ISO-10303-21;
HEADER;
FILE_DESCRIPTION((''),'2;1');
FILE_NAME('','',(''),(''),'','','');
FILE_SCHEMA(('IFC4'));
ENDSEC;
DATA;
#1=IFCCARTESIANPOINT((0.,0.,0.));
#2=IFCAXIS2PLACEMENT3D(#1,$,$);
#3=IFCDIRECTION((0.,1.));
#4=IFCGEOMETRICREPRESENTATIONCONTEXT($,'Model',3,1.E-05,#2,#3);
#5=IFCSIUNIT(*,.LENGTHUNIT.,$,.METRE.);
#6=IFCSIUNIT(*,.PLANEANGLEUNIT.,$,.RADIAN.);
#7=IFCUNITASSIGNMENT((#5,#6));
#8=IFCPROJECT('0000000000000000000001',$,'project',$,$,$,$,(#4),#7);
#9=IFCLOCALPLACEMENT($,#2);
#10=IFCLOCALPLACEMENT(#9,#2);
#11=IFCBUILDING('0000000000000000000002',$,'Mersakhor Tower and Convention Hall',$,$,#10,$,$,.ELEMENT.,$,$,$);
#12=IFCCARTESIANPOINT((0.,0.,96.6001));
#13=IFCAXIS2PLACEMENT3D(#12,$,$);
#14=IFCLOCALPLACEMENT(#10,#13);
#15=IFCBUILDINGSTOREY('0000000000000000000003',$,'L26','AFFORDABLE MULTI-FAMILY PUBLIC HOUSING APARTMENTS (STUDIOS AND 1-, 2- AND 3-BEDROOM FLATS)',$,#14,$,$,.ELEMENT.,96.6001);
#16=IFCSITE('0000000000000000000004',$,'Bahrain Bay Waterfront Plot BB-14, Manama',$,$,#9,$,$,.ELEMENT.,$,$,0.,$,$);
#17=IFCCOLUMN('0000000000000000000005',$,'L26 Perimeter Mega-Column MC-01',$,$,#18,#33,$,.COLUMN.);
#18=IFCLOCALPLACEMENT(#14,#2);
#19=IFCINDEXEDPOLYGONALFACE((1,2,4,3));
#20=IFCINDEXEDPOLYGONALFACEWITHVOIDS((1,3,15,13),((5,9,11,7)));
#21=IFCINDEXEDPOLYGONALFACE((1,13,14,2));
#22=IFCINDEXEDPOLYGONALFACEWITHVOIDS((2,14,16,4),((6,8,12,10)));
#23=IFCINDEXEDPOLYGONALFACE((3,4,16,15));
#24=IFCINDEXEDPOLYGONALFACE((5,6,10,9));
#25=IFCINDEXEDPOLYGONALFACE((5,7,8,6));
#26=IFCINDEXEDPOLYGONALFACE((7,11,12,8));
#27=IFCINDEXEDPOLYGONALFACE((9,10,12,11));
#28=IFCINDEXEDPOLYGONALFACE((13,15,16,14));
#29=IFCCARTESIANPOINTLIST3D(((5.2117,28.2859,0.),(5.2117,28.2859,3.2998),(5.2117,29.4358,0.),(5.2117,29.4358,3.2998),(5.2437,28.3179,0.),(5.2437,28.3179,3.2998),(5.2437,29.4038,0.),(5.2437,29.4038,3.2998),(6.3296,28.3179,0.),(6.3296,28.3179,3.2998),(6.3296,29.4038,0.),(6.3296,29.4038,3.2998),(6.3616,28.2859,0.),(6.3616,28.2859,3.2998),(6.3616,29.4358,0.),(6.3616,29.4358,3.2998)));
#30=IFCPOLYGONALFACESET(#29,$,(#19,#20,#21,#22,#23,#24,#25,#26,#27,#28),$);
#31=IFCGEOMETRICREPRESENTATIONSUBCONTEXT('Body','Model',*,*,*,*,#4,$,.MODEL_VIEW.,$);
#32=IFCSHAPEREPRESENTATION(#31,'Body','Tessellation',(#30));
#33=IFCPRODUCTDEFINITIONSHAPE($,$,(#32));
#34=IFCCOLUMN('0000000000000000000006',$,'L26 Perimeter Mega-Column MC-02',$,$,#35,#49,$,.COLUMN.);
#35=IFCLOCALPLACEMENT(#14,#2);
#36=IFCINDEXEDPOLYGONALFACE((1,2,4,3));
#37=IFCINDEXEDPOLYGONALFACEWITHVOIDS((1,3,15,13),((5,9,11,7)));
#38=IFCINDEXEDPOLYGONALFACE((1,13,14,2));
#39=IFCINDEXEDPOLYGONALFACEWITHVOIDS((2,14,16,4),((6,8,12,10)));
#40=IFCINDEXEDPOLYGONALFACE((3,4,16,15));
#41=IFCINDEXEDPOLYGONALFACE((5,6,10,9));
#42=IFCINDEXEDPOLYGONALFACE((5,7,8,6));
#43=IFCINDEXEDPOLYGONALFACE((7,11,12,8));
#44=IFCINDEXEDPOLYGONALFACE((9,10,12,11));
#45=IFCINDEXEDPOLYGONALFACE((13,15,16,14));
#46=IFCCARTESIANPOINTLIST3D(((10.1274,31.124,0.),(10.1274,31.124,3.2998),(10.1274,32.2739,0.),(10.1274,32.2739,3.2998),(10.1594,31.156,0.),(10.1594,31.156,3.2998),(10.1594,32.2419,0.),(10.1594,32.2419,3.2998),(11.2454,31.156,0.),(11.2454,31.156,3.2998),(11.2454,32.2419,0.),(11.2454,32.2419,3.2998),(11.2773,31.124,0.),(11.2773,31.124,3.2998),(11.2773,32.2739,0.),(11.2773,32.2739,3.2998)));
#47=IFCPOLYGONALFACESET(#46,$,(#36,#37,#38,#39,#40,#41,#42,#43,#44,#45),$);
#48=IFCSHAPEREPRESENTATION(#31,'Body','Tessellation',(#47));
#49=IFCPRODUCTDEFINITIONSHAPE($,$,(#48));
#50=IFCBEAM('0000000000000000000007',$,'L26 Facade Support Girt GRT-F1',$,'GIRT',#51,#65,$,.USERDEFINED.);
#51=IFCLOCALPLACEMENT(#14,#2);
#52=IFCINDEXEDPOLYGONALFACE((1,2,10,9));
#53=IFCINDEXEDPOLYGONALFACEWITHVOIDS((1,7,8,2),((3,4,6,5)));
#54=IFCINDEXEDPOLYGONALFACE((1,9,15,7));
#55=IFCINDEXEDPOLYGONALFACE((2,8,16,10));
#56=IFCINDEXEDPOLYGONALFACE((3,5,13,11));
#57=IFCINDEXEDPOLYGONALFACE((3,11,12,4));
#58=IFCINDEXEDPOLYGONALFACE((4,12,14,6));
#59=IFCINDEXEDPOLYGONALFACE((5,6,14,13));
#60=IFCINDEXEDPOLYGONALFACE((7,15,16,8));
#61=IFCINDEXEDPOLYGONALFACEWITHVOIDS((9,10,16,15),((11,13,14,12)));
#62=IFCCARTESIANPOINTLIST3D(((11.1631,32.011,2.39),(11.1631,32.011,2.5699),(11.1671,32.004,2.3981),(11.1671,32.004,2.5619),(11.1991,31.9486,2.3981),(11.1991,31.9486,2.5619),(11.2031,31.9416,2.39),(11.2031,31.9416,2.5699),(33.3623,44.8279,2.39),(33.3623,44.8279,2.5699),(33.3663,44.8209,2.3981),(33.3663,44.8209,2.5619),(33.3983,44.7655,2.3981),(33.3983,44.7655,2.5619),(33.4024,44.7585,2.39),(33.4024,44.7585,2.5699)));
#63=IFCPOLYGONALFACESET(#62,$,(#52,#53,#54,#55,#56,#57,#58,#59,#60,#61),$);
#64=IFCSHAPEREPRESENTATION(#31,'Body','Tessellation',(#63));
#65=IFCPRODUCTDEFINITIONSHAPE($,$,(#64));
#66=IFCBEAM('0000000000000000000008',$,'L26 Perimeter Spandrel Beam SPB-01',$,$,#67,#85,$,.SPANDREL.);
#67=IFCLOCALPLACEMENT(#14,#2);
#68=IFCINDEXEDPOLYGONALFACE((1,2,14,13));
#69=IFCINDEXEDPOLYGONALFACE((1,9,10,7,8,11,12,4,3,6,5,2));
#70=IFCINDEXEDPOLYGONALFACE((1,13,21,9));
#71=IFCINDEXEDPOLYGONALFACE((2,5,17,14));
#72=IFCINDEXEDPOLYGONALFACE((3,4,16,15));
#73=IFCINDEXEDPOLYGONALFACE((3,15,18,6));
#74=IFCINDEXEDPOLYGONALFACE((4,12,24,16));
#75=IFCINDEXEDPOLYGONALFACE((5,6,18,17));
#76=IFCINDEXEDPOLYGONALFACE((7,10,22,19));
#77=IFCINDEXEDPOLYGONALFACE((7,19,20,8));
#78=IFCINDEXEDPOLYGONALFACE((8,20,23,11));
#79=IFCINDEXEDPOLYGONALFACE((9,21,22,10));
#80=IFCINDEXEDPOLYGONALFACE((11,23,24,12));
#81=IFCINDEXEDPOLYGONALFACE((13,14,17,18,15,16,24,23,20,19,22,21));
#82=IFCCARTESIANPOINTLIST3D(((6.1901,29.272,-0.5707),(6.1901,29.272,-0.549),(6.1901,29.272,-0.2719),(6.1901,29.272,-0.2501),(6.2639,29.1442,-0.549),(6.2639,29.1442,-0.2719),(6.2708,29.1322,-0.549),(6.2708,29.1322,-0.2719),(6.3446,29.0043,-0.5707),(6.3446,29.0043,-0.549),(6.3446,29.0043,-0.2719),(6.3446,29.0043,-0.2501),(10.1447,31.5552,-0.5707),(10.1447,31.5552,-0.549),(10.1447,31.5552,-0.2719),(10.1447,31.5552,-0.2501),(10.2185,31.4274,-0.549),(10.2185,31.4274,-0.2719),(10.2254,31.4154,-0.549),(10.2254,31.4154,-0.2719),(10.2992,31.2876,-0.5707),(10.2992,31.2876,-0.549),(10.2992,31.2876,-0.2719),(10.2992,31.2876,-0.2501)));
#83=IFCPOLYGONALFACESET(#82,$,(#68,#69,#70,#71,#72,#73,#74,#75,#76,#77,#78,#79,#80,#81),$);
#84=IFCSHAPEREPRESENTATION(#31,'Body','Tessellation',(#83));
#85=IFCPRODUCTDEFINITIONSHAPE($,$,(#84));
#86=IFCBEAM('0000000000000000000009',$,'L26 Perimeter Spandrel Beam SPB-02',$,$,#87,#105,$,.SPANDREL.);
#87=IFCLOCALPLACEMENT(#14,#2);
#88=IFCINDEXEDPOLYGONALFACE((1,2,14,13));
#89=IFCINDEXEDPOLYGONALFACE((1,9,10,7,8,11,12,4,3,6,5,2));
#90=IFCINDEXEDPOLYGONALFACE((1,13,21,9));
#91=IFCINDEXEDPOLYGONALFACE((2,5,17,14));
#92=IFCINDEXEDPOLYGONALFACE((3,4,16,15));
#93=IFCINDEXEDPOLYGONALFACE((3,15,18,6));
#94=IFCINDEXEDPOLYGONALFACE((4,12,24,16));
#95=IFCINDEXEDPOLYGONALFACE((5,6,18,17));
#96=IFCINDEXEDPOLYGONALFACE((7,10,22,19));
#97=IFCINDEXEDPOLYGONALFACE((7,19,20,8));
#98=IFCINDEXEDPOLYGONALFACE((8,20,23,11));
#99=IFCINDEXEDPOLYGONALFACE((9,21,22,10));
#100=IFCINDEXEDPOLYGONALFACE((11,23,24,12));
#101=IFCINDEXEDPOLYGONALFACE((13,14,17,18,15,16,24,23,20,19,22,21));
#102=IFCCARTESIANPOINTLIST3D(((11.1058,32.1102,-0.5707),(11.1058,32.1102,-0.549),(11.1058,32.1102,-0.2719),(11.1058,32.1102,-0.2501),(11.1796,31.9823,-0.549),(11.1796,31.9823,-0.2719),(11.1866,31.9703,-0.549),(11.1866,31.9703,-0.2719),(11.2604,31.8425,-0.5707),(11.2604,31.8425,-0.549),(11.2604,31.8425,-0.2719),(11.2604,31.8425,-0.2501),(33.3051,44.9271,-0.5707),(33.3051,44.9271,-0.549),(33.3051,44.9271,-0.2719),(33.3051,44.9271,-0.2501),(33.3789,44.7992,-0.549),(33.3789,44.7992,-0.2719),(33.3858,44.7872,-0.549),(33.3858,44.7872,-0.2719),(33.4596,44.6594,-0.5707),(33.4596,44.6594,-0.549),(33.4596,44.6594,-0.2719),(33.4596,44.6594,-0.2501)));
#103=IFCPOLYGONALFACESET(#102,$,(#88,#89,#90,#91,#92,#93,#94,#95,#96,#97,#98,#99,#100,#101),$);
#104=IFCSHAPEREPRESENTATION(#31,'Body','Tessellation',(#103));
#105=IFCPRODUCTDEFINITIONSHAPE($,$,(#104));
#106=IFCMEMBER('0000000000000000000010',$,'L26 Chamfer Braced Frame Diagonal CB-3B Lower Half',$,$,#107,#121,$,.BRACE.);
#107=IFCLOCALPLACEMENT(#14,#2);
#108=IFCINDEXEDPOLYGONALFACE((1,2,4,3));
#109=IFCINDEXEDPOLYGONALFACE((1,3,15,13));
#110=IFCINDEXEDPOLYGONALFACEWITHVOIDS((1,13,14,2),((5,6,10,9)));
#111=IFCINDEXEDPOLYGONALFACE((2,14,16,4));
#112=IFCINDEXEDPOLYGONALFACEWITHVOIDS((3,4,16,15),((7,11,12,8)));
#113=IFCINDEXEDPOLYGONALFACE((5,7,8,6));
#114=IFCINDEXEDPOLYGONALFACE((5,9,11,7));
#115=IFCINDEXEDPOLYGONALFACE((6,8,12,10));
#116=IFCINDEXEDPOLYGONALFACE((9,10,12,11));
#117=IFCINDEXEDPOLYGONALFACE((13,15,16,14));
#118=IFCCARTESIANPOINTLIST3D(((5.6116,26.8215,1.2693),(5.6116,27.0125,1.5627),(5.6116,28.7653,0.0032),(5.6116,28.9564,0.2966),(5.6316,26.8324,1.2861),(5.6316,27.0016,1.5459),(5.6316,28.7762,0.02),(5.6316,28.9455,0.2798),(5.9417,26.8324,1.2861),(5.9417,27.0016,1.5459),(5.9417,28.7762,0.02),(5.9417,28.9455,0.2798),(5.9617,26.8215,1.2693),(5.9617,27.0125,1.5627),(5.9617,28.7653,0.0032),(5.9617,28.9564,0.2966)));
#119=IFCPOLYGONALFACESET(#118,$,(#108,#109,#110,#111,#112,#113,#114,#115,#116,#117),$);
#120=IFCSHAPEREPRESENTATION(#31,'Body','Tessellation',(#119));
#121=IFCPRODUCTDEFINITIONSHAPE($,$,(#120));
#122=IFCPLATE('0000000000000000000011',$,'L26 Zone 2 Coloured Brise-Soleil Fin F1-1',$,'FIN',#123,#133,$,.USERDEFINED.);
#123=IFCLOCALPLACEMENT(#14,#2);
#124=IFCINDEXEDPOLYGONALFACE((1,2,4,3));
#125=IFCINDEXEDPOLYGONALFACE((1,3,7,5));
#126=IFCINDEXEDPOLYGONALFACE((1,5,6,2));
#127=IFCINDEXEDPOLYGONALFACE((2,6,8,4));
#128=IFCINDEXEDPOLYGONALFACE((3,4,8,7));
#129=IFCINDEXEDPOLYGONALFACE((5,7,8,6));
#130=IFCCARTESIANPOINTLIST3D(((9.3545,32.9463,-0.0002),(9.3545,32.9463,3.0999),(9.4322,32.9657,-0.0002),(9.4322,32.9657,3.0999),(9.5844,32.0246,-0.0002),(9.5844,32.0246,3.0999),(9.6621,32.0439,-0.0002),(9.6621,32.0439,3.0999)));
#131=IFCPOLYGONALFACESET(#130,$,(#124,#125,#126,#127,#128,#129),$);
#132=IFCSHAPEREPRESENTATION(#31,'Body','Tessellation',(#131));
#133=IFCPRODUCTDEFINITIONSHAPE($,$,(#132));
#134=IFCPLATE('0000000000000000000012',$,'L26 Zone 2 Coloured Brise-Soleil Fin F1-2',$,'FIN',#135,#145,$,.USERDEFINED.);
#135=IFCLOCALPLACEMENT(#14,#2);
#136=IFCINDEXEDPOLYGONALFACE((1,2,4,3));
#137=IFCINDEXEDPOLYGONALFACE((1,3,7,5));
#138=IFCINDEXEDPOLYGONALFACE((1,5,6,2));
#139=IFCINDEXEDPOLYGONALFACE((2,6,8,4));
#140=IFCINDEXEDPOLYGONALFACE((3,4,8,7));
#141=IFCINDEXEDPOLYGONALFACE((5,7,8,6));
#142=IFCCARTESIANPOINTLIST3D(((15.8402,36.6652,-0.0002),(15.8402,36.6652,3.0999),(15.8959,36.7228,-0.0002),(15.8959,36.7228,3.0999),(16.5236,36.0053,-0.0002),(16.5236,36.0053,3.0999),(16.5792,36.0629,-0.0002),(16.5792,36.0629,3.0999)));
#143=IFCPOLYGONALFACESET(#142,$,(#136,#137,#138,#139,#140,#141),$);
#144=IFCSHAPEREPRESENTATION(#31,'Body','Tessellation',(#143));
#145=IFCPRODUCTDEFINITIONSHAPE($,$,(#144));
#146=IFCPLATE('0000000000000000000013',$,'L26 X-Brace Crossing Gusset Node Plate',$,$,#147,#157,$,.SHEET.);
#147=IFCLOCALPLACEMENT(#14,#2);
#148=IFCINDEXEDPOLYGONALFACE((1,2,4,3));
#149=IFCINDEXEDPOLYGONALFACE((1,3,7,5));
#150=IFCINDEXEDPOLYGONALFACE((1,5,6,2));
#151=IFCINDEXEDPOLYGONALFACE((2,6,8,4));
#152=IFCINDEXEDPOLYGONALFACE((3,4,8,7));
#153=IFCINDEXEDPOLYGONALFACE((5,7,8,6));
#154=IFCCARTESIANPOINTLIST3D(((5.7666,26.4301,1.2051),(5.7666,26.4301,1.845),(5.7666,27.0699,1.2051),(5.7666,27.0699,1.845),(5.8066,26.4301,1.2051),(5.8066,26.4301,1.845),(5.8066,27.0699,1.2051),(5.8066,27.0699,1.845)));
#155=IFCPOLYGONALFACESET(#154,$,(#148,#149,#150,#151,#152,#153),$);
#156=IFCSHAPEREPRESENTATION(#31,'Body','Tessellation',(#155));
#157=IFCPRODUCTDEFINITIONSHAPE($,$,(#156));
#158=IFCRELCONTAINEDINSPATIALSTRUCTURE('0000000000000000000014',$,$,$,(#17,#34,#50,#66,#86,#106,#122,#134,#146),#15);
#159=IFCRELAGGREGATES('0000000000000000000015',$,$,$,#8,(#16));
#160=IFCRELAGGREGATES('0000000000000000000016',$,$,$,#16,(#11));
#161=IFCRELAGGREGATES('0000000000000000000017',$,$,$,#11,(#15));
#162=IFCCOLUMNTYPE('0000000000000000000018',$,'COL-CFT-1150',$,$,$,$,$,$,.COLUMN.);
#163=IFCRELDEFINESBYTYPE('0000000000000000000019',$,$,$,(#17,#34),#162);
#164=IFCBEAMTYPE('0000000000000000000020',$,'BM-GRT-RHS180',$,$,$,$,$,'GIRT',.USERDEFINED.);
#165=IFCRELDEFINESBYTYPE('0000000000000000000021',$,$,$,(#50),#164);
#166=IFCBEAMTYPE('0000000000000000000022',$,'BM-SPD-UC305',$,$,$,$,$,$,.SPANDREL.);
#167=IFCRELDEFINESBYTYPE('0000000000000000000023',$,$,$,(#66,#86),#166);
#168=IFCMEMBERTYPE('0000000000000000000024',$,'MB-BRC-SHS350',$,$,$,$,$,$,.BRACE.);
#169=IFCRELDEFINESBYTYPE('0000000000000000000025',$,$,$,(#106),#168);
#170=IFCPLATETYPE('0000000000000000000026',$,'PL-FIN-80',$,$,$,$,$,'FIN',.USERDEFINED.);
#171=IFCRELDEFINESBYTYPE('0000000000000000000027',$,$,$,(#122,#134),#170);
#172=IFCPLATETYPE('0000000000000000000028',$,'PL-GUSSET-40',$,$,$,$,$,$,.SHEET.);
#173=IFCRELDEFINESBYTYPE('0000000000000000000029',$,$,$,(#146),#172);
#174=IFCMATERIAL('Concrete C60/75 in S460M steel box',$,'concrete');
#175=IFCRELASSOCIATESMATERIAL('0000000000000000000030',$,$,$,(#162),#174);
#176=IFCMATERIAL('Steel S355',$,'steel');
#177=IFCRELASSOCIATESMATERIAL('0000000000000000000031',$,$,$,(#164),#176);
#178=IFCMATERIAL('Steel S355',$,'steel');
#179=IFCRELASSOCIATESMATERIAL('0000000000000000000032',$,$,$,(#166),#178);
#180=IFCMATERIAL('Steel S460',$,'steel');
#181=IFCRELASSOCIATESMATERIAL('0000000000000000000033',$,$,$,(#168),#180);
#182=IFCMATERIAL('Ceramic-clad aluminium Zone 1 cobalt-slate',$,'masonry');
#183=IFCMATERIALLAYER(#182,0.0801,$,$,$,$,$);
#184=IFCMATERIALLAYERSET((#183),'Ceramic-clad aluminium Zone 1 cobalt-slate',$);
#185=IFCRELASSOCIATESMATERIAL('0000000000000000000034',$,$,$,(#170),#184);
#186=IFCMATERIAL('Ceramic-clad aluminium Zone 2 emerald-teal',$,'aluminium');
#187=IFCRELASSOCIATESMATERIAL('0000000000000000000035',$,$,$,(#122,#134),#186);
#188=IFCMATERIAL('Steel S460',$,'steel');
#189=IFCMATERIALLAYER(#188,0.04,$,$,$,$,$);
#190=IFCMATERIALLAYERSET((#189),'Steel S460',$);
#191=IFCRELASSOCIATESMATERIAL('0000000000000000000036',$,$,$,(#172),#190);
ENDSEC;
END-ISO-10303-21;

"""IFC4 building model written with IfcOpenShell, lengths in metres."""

from ifc_helpers import new_model, si_unit, direction, frame, origin, origin_2d, place, context, subcontext, project, spatial, rectangle, hollow_rectangle, i_section, extrude, material, layer, layer_set, material_profile, profile_set, type_object, element, save


model = new_model("IFC4")

# Units and contexts
model_context = context("Model", 3, precision=1e-05, world=origin(), true_north=direction((0.0, 1.0)))
body_context = subcontext(model_context, "Body", "Model", "MODEL_VIEW")
ifc_project = project(units=[si_unit("LENGTHUNIT", "METRE"), si_unit("PLANEANGLEUNIT", "RADIAN")], contexts=[model_context])

# Site, building, storey
site_placement = place(None, origin())
site = spatial("IfcSite", under=ifc_project, at=site_placement, Name="Bahrain Bay Waterfront Plot BB-14, Manama", CompositionType="ELEMENT", RefElevation=0.0)
building_placement = place(site_placement, origin())
building = spatial("IfcBuilding", under=site, at=building_placement, Name="Mersakhor Tower and Convention Hall", CompositionType="ELEMENT")
storey_placement = place(building_placement, frame((0.0, 0.0, 96.6001)))
storey = spatial("IfcBuildingStorey", under=building, at=storey_placement, Name="L26", Description="AFFORDABLE MULTI-FAMILY PUBLIC HOUSING APARTMENTS (STUDIOS AND 1-, 2- AND 3-BEDROOM FLATS)", CompositionType="ELEMENT", Elevation=96.6001)

# Columns
ifc_material_1 = material(Name="Concrete C60/75 in S460M steel box", Category="concrete")
ifc_material_profile_1 = material_profile(ifc_material_1, hollow_rectangle(XDim=1.1499, YDim=1.1499, WallThickness=0.032, at=origin_2d()), Name="SHS 1150x1150x32")
ifc_profile_set_1 = profile_set([ifc_material_profile_1], Name="Concrete C60/75 in S460M steel box")
column_type = type_object("IfcColumnType", Name="COL-CFT-1150", PredefinedType="COLUMN", material=ifc_profile_set_1)
for number, where, z_axis, x_axis, name in (
    (1, (5.7866, 28.8608, 0.0), (0.0, 0.0, 1.0), (1.0, 0.0, 0.0), "L26 Perimeter Mega-Column MC-01"),
    (2, (10.7024, 31.699, 0.0), (0.0, 0.0, 1.0), (1.0, 0.0, 0.0), "L26 Perimeter Mega-Column MC-02"),
):
    element("IfcColumn", number, at=place(storey_placement, frame(where, z_axis=z_axis, x_axis=x_axis)), inside=storey, type_object=column_type, Name=name, PredefinedType="COLUMN", context=body_context, shape_type="SweptSolid", body=[
        extrude(hollow_rectangle(XDim=1.1499, YDim=1.1499, WallThickness=0.032, at=origin_2d()), origin(), (0.0, 0.0, 1.0), 3.2998),
    ])

# Beams
ifc_material_2 = material(Name="Steel S355", Category="steel")
ifc_material_profile_2 = material_profile(ifc_material_2, hollow_rectangle(XDim=0.0801, YDim=0.1799, WallThickness=0.0081, at=origin_2d()), Name="RHS 180x80x8")
ifc_profile_set_2 = profile_set([ifc_material_profile_2], Name="Steel S355")
beam_type_1 = type_object("IfcBeamType", Name="BM-GRT-RHS180", ElementType="GIRT", PredefinedType="USERDEFINED", material=ifc_profile_set_2)
beam_1_placement = place(storey_placement, frame((11.1831, 31.9763, 2.48), z_axis=(0.866023, 0.500005, 0.0), x_axis=(-0.500005, 0.866023, 0.0)))
element("IfcBeam", 3, at=beam_1_placement, inside=storey, type_object=beam_type_1, Name="L26 Facade Support Girt GRT-F1", ObjectType="GIRT", PredefinedType="USERDEFINED", context=body_context, shape_type="SweptSolid", body=[
    extrude(hollow_rectangle(XDim=0.0801, YDim=0.1799, WallThickness=0.0081, at=origin_2d()), origin(), (0.0, 0.0, 1.0), 25.6335),
])
ifc_material_3 = material(Name="Steel S355", Category="steel")
ifc_material_profile_3 = material_profile(ifc_material_3, i_section(OverallWidth=0.3091, OverallDepth=0.3206, WebThickness=0.0139, FlangeThickness=0.0217, at=origin_2d()), Name="UC 305x305x137")
ifc_profile_set_3 = profile_set([ifc_material_profile_3], Name="Steel S355")
beam_type_2 = type_object("IfcBeamType", Name="BM-SPD-UC305", PredefinedType="SPANDREL", material=ifc_profile_set_3)
beam_2_placement = place(storey_placement, frame((6.2673, 29.1382, -0.4104), z_axis=(0.866024, 0.500003, 0.0), x_axis=(-0.500003, 0.866024, 0.0)))
element("IfcBeam", 4, at=beam_2_placement, inside=storey, type_object=beam_type_2, Name="L26 Perimeter Spandrel Beam SPB-01", PredefinedType="SPANDREL", context=body_context, shape_type="SweptSolid", body=[
    extrude(i_section(OverallWidth=0.3091, OverallDepth=0.3206, WebThickness=0.0139, FlangeThickness=0.0217, at=origin_2d()), origin(), (0.0, 0.0, 1.0), 4.5664),
])
beam_3_placement = place(storey_placement, frame((11.1831, 31.9763, -0.4104), z_axis=(0.866023, 0.500005, 0.0), x_axis=(-0.500005, 0.866023, 0.0)))
element("IfcBeam", 5, at=beam_3_placement, inside=storey, type_object=beam_type_2, Name="L26 Perimeter Spandrel Beam SPB-02", PredefinedType="SPANDREL", context=body_context, shape_type="SweptSolid", body=[
    extrude(i_section(OverallWidth=0.3091, OverallDepth=0.3206, WebThickness=0.0139, FlangeThickness=0.0217, at=origin_2d()), origin(), (0.0, 0.0, 1.0), 25.6335),
])

# Member
ifc_material_4 = material(Name="Steel S460", Category="steel")
ifc_material_profile_4 = material_profile(ifc_material_4, hollow_rectangle(XDim=0.3501, YDim=0.3501, WallThickness=0.02, at=origin_2d()), Name="SHS 350x350x20")
ifc_profile_set_4 = profile_set([ifc_material_profile_4], Name="Steel S460")
member_type = type_object("IfcMemberType", Name="MB-BRC-SHS350", PredefinedType="BRACE", material=ifc_profile_set_4)
member_placement = place(storey_placement, frame((5.7866, 28.8608, 0.1499), z_axis=(0.0, -0.837929, 0.54578), x_axis=(1.0, 0.0, 0.0)))
element("IfcMember", 6, at=member_placement, inside=storey, type_object=member_type, Name="L26 Chamfer Braced Frame Diagonal CB-3B Lower Half", PredefinedType="BRACE", context=body_context, shape_type="SweptSolid", body=[
    extrude(hollow_rectangle(XDim=0.3501, YDim=0.3501, WallThickness=0.02, at=origin_2d()), origin(), (0.0, 0.0, 1.0), 2.3198),
])

# Plates
ifc_material_5 = material(Name="Ceramic-clad aluminium Zone 2 emerald-teal", Category="aluminium")
ifc_material_6 = material(Name="Ceramic-clad aluminium Zone 1 cobalt-slate", Category="masonry")
ifc_layer_1 = layer(ifc_material_6, 0.0801)
ifc_layer_set_1 = layer_set([ifc_layer_1], Name="Ceramic-clad aluminium Zone 1 cobalt-slate")
plate_type_1 = type_object("IfcPlateType", Name="PL-FIN-80", ElementType="FIN", PredefinedType="USERDEFINED", material=ifc_layer_set_1)
for number, where, z_axis, x_axis, name in (
    (7, (9.5083, 32.4951, -0.0002), (0.0, 0.0, 1.0), (-0.241922, 0.970296, 0.0), "L26 Zone 2 Coloured Brise-Soleil Fin F1-1"),
    (8, (16.2097, 36.364, -0.0002), (0.0, 0.0, 1.0), (-0.71934, 0.694658, 0.0), "L26 Zone 2 Coloured Brise-Soleil Fin F1-2"),
):
    element("IfcPlate", number, at=place(storey_placement, frame(where, z_axis=z_axis, x_axis=x_axis)), inside=storey, type_object=plate_type_1, material=ifc_material_5, Name=name, ObjectType="FIN", PredefinedType="USERDEFINED", context=body_context, shape_type="SweptSolid", body=[
        extrude(rectangle(XDim=0.95, YDim=0.0801, at=origin_2d()), origin(), (0.0, 0.0, 1.0), 3.1001),
    ])
ifc_material_7 = material(Name="Steel S460", Category="steel")
ifc_layer_2 = layer(ifc_material_7, 0.04)
ifc_layer_set_2 = layer_set([ifc_layer_2], Name="Steel S460")
plate_type_2 = type_object("IfcPlateType", Name="PL-GUSSET-40", PredefinedType="SHEET", material=ifc_layer_set_2)
plate_placement = place(storey_placement, frame((5.7866, 26.75, 1.2051), z_axis=(0.0, 0.0, 1.0), x_axis=(0.0, -1.0, 0.0)))
element("IfcPlate", 9, at=plate_placement, inside=storey, type_object=plate_type_2, Name="L26 X-Brace Crossing Gusset Node Plate", PredefinedType="SHEET", context=body_context, shape_type="SweptSolid", body=[
    extrude(rectangle(XDim=0.6399, YDim=0.04, at=origin_2d()), origin(), (0.0, 0.0, 1.0), 0.6399),
])

save(model, "model.ifc")
